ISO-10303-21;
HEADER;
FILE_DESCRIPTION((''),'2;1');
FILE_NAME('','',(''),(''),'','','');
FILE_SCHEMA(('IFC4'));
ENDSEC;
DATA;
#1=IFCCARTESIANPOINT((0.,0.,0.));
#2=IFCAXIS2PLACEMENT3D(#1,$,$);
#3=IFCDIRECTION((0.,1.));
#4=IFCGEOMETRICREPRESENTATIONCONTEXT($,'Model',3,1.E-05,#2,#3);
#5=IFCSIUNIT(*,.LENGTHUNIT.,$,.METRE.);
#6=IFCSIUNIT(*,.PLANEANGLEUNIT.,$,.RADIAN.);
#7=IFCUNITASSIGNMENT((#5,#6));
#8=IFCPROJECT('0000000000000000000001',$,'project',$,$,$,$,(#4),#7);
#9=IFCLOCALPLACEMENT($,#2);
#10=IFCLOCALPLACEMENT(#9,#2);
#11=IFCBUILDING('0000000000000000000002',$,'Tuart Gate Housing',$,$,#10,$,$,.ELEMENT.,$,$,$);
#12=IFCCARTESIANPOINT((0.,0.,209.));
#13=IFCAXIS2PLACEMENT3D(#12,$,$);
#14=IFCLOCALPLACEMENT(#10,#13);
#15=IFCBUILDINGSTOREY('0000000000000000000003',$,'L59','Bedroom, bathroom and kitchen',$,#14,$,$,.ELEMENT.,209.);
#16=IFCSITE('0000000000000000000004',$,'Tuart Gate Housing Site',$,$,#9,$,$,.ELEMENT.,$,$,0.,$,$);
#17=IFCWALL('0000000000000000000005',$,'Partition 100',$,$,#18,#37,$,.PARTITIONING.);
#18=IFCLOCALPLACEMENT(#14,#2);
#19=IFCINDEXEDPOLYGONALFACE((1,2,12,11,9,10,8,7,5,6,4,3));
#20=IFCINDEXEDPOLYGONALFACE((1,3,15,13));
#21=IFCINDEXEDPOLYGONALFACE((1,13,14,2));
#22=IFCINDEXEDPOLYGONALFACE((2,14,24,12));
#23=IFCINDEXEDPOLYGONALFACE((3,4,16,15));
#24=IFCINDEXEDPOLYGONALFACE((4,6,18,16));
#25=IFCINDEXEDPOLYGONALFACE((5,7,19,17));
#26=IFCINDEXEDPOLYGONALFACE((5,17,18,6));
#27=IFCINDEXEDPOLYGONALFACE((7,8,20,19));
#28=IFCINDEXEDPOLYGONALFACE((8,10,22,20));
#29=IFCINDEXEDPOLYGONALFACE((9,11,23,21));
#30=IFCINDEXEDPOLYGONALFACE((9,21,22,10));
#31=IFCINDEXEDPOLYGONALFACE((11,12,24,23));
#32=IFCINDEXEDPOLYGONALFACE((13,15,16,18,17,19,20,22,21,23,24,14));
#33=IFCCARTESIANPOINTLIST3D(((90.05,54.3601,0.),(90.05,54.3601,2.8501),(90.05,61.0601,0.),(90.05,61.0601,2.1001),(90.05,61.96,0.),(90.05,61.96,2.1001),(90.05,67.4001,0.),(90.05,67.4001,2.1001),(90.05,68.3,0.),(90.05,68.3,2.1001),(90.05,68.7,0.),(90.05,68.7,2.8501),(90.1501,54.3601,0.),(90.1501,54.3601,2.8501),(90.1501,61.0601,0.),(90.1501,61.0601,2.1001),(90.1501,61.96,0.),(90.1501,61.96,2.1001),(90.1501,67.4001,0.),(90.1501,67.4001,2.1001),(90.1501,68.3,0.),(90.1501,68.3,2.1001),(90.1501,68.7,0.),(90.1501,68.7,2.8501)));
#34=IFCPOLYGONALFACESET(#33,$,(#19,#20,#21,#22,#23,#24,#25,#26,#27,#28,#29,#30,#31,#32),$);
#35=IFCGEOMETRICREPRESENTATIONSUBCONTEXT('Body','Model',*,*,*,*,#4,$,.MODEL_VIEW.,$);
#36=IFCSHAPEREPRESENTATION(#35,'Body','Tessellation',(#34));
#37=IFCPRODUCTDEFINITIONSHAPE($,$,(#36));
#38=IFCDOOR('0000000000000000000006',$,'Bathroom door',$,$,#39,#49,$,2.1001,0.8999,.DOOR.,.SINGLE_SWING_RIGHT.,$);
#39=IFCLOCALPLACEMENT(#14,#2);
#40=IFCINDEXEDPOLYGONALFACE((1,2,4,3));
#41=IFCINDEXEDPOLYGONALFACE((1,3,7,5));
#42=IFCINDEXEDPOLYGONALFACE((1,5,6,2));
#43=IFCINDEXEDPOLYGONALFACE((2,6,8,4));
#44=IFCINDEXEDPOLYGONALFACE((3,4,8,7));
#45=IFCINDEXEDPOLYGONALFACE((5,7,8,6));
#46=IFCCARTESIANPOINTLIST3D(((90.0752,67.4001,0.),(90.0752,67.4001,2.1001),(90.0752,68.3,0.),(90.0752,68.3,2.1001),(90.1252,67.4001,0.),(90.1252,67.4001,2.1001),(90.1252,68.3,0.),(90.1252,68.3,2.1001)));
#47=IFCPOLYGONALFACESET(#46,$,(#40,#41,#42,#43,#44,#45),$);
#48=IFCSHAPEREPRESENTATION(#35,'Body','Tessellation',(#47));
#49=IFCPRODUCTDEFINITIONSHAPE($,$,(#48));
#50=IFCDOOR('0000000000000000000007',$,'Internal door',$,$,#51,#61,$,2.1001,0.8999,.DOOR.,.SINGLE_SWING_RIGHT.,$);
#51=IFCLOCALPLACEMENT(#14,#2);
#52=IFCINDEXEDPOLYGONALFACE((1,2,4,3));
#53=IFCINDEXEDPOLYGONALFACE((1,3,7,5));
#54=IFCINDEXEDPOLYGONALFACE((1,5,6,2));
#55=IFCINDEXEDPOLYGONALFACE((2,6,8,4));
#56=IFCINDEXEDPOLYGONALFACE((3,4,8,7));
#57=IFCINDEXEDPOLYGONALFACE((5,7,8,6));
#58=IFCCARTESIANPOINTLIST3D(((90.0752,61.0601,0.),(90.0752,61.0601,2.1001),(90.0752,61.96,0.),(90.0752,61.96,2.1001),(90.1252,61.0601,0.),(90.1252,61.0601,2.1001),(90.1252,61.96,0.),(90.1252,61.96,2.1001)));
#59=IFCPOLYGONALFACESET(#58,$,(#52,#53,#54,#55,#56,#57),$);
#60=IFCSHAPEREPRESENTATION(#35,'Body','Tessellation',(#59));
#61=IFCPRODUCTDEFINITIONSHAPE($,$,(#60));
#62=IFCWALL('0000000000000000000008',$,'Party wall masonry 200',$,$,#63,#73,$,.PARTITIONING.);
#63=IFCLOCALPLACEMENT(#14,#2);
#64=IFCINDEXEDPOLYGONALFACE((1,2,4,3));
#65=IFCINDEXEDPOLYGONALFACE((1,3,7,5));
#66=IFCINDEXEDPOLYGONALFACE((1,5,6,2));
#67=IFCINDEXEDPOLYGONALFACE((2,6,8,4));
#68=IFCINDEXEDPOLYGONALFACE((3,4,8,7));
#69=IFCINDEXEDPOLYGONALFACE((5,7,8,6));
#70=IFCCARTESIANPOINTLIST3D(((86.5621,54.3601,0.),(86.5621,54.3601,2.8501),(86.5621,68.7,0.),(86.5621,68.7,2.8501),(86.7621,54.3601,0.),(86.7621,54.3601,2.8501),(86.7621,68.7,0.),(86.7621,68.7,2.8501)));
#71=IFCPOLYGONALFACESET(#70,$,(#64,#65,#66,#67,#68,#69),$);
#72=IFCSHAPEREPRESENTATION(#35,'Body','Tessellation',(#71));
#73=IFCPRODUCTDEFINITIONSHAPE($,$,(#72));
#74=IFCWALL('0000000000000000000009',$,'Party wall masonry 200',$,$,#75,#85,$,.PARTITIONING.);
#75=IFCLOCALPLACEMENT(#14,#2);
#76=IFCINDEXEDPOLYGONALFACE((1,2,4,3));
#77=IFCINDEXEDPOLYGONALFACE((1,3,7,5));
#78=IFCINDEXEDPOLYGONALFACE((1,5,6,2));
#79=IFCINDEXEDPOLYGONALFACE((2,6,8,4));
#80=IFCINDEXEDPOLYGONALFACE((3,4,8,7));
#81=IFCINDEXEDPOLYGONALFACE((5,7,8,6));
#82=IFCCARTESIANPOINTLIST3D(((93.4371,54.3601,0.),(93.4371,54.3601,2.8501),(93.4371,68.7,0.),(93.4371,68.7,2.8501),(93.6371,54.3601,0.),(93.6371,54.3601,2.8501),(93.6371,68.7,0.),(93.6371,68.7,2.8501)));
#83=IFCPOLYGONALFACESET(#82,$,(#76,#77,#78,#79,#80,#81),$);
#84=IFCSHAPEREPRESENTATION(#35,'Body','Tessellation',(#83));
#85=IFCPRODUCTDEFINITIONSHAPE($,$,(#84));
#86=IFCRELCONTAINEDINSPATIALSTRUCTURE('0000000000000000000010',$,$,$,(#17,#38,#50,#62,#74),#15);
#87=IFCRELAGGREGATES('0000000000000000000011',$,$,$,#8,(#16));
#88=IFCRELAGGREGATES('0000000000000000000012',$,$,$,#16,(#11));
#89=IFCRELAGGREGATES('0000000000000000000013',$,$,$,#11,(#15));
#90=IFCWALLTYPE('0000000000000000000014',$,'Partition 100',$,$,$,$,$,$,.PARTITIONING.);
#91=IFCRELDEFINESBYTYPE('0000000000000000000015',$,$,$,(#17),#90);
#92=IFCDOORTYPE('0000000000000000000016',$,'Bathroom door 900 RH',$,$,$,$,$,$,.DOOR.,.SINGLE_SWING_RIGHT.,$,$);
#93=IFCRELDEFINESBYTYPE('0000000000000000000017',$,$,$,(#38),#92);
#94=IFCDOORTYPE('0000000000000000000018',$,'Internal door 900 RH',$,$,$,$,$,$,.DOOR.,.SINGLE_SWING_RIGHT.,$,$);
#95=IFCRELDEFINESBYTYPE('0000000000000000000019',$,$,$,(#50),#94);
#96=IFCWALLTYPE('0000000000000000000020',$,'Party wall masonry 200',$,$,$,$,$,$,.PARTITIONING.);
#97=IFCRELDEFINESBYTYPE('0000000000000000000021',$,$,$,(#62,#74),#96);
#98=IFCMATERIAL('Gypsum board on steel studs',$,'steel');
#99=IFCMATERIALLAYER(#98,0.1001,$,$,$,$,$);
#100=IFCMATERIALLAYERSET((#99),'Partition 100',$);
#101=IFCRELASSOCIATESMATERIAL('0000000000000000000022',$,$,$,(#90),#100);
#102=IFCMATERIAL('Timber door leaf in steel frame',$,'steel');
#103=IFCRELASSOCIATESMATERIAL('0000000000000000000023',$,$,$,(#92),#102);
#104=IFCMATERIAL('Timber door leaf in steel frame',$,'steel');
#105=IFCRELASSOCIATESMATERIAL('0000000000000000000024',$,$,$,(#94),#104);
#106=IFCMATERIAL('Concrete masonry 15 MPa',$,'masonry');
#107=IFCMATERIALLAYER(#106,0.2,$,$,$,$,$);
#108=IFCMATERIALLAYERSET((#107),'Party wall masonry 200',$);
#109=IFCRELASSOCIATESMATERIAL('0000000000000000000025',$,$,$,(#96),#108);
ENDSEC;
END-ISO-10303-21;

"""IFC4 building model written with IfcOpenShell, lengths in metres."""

from ifc_helpers import new_model, si_unit, direction, frame, frame_2d, origin, place, context, subcontext, project, spatial, rectangle, extrude, material, layer, layer_set, type_object, element, fill, save


model = new_model("IFC4")

# Units and contexts
model_context = context("Model", 3, precision=1e-05, world=origin(), true_north=direction((0.0, 1.0)))
body_context = subcontext(model_context, "Body", "Model", "MODEL_VIEW")
ifc_project = project(units=[si_unit("LENGTHUNIT", "METRE"), si_unit("PLANEANGLEUNIT", "RADIAN")], contexts=[model_context])

# Site, building, storey
site_placement = place(None, origin())
site = spatial("IfcSite", under=ifc_project, at=site_placement, Name="Tuart Gate Housing Site", CompositionType="ELEMENT", RefElevation=0.0)
building_placement = place(site_placement, origin())
building = spatial("IfcBuilding", under=site, at=building_placement, Name="Tuart Gate Housing", CompositionType="ELEMENT")
storey_placement = place(building_placement, frame((0.0, 0.0, 209.0)))
storey = spatial("IfcBuildingStorey", under=building, at=storey_placement, Name="L59", Description="Bedroom, bathroom and kitchen", CompositionType="ELEMENT", Elevation=209.0)

# Shared definitions
ifc_material_1 = material(Name="Gypsum board on steel studs", Category="steel")
ifc_layer_1 = layer(ifc_material_1, 0.1001)
ifc_layer_set_1 = layer_set([ifc_layer_1], Name="Partition 100")
wall_type_1 = type_object("IfcWallType", Name="Partition 100", PredefinedType="PARTITIONING", material=ifc_layer_set_1)

# Wall, openings, doors
wall_1_placement = place(storey_placement, frame((90.1001, 54.3601, 0.0), z_axis=(0.0, 0.0, 1.0), x_axis=(0.0, 1.0, 0.0)))
wall_1 = element("IfcWall", 1, at=wall_1_placement, inside=storey, type_object=wall_type_1, Name="Partition 100", PredefinedType="PARTITIONING", context=body_context, shape_type="SweptSolid", body=[
    extrude(rectangle(XDim=14.3398, YDim=0.1001, at=frame_2d((7.1699, 0.0))), origin(), (0.0, 0.0, 1.0), 2.8501),
])
opening_1_placement = place(wall_1_placement, frame((6.7, 0.0, 0.0)))
opening_1 = element("IfcOpeningElement", 2, at=opening_1_placement, cuts=wall_1, PredefinedType="OPENING", context=body_context, shape_type="SweptSolid", body=[
    extrude(rectangle(XDim=0.8999, YDim=2.1001, at=frame_2d((0.45, 1.05))), frame((0.0, 0.0601, 0.0), z_axis=(0.0, -1.0, 0.0), x_axis=(1.0, 0.0, 0.0)), (0.0, 0.0, 1.0), 0.1201),
])
opening_2_placement = place(wall_1_placement, frame((13.04, 0.0, 0.0)))
opening_2 = element("IfcOpeningElement", 3, at=opening_2_placement, cuts=wall_1, PredefinedType="OPENING", context=body_context, shape_type="SweptSolid", body=[
    extrude(rectangle(XDim=0.8999, YDim=2.1001, at=frame_2d((0.45, 1.05))), frame((0.0, 0.0601, 0.0), z_axis=(0.0, -1.0, 0.0), x_axis=(1.0, 0.0, 0.0)), (0.0, 0.0, 1.0), 0.1201),
])
ifc_material_2 = material(Name="Timber door leaf in steel frame", Category="steel")
door_type_1 = type_object("IfcDoorType", Name="Bathroom door 900 RH", OperationType="SINGLE_SWING_RIGHT", PredefinedType="DOOR", material=ifc_material_2)
door_1_placement = place(opening_2_placement, origin())
door_1 = element("IfcDoor", 4, at=door_1_placement, inside=storey, type_object=door_type_1, Name="Bathroom door", OperationType="SINGLE_SWING_RIGHT", OverallHeight=2.1001, OverallWidth=0.8999, PredefinedType="DOOR", context=body_context, shape_type="SweptSolid", body=[
    extrude(rectangle(XDim=0.8999, YDim=2.1001, at=frame_2d((0.45, 1.05))), frame((0.0, 0.0249, 0.0), z_axis=(0.0, -1.0, 0.0), x_axis=(1.0, 0.0, 0.0)), (0.0, 0.0, 1.0), 0.05),
])
fill(opening_2, door_1)
ifc_material_3 = material(Name="Timber door leaf in steel frame", Category="steel")
door_type_2 = type_object("IfcDoorType", Name="Internal door 900 RH", OperationType="SINGLE_SWING_RIGHT", PredefinedType="DOOR", material=ifc_material_3)
door_2_placement = place(opening_1_placement, origin())
door_2 = element("IfcDoor", 5, at=door_2_placement, inside=storey, type_object=door_type_2, Name="Internal door", OperationType="SINGLE_SWING_RIGHT", OverallHeight=2.1001, OverallWidth=0.8999, PredefinedType="DOOR", context=body_context, shape_type="SweptSolid", body=[
    extrude(rectangle(XDim=0.8999, YDim=2.1001, at=frame_2d((0.45, 1.05))), frame((0.0, 0.0249, 0.0), z_axis=(0.0, -1.0, 0.0), x_axis=(1.0, 0.0, 0.0)), (0.0, 0.0, 1.0), 0.05),
])
fill(opening_1, door_2)

# Walls
ifc_material_4 = material(Name="Concrete masonry 15 MPa", Category="masonry")
ifc_layer_2 = layer(ifc_material_4, 0.2)
ifc_layer_set_2 = layer_set([ifc_layer_2], Name="Party wall masonry 200")
wall_type_2 = type_object("IfcWallType", Name="Party wall masonry 200", PredefinedType="PARTITIONING", material=ifc_layer_set_2)
for number, where, z_axis, x_axis, name in (
    (6, (86.6621, 54.3601, 0.0), (0.0, 0.0, 1.0), (0.0, 1.0, 0.0), "Party wall masonry 200"),
    (7, (93.5371, 54.3601, 0.0), (0.0, 0.0, 1.0), (0.0, 1.0, 0.0), "Party wall masonry 200"),
):
    element("IfcWall", number, at=place(storey_placement, frame(where, z_axis=z_axis, x_axis=x_axis)), inside=storey, type_object=wall_type_2, Name=name, PredefinedType="PARTITIONING", context=body_context, shape_type="SweptSolid", body=[
        extrude(rectangle(XDim=14.3398, YDim=0.2, at=frame_2d((7.1699, 0.0))), origin(), (0.0, 0.0, 1.0), 2.8501),
    ])

save(model, "model.ifc")
